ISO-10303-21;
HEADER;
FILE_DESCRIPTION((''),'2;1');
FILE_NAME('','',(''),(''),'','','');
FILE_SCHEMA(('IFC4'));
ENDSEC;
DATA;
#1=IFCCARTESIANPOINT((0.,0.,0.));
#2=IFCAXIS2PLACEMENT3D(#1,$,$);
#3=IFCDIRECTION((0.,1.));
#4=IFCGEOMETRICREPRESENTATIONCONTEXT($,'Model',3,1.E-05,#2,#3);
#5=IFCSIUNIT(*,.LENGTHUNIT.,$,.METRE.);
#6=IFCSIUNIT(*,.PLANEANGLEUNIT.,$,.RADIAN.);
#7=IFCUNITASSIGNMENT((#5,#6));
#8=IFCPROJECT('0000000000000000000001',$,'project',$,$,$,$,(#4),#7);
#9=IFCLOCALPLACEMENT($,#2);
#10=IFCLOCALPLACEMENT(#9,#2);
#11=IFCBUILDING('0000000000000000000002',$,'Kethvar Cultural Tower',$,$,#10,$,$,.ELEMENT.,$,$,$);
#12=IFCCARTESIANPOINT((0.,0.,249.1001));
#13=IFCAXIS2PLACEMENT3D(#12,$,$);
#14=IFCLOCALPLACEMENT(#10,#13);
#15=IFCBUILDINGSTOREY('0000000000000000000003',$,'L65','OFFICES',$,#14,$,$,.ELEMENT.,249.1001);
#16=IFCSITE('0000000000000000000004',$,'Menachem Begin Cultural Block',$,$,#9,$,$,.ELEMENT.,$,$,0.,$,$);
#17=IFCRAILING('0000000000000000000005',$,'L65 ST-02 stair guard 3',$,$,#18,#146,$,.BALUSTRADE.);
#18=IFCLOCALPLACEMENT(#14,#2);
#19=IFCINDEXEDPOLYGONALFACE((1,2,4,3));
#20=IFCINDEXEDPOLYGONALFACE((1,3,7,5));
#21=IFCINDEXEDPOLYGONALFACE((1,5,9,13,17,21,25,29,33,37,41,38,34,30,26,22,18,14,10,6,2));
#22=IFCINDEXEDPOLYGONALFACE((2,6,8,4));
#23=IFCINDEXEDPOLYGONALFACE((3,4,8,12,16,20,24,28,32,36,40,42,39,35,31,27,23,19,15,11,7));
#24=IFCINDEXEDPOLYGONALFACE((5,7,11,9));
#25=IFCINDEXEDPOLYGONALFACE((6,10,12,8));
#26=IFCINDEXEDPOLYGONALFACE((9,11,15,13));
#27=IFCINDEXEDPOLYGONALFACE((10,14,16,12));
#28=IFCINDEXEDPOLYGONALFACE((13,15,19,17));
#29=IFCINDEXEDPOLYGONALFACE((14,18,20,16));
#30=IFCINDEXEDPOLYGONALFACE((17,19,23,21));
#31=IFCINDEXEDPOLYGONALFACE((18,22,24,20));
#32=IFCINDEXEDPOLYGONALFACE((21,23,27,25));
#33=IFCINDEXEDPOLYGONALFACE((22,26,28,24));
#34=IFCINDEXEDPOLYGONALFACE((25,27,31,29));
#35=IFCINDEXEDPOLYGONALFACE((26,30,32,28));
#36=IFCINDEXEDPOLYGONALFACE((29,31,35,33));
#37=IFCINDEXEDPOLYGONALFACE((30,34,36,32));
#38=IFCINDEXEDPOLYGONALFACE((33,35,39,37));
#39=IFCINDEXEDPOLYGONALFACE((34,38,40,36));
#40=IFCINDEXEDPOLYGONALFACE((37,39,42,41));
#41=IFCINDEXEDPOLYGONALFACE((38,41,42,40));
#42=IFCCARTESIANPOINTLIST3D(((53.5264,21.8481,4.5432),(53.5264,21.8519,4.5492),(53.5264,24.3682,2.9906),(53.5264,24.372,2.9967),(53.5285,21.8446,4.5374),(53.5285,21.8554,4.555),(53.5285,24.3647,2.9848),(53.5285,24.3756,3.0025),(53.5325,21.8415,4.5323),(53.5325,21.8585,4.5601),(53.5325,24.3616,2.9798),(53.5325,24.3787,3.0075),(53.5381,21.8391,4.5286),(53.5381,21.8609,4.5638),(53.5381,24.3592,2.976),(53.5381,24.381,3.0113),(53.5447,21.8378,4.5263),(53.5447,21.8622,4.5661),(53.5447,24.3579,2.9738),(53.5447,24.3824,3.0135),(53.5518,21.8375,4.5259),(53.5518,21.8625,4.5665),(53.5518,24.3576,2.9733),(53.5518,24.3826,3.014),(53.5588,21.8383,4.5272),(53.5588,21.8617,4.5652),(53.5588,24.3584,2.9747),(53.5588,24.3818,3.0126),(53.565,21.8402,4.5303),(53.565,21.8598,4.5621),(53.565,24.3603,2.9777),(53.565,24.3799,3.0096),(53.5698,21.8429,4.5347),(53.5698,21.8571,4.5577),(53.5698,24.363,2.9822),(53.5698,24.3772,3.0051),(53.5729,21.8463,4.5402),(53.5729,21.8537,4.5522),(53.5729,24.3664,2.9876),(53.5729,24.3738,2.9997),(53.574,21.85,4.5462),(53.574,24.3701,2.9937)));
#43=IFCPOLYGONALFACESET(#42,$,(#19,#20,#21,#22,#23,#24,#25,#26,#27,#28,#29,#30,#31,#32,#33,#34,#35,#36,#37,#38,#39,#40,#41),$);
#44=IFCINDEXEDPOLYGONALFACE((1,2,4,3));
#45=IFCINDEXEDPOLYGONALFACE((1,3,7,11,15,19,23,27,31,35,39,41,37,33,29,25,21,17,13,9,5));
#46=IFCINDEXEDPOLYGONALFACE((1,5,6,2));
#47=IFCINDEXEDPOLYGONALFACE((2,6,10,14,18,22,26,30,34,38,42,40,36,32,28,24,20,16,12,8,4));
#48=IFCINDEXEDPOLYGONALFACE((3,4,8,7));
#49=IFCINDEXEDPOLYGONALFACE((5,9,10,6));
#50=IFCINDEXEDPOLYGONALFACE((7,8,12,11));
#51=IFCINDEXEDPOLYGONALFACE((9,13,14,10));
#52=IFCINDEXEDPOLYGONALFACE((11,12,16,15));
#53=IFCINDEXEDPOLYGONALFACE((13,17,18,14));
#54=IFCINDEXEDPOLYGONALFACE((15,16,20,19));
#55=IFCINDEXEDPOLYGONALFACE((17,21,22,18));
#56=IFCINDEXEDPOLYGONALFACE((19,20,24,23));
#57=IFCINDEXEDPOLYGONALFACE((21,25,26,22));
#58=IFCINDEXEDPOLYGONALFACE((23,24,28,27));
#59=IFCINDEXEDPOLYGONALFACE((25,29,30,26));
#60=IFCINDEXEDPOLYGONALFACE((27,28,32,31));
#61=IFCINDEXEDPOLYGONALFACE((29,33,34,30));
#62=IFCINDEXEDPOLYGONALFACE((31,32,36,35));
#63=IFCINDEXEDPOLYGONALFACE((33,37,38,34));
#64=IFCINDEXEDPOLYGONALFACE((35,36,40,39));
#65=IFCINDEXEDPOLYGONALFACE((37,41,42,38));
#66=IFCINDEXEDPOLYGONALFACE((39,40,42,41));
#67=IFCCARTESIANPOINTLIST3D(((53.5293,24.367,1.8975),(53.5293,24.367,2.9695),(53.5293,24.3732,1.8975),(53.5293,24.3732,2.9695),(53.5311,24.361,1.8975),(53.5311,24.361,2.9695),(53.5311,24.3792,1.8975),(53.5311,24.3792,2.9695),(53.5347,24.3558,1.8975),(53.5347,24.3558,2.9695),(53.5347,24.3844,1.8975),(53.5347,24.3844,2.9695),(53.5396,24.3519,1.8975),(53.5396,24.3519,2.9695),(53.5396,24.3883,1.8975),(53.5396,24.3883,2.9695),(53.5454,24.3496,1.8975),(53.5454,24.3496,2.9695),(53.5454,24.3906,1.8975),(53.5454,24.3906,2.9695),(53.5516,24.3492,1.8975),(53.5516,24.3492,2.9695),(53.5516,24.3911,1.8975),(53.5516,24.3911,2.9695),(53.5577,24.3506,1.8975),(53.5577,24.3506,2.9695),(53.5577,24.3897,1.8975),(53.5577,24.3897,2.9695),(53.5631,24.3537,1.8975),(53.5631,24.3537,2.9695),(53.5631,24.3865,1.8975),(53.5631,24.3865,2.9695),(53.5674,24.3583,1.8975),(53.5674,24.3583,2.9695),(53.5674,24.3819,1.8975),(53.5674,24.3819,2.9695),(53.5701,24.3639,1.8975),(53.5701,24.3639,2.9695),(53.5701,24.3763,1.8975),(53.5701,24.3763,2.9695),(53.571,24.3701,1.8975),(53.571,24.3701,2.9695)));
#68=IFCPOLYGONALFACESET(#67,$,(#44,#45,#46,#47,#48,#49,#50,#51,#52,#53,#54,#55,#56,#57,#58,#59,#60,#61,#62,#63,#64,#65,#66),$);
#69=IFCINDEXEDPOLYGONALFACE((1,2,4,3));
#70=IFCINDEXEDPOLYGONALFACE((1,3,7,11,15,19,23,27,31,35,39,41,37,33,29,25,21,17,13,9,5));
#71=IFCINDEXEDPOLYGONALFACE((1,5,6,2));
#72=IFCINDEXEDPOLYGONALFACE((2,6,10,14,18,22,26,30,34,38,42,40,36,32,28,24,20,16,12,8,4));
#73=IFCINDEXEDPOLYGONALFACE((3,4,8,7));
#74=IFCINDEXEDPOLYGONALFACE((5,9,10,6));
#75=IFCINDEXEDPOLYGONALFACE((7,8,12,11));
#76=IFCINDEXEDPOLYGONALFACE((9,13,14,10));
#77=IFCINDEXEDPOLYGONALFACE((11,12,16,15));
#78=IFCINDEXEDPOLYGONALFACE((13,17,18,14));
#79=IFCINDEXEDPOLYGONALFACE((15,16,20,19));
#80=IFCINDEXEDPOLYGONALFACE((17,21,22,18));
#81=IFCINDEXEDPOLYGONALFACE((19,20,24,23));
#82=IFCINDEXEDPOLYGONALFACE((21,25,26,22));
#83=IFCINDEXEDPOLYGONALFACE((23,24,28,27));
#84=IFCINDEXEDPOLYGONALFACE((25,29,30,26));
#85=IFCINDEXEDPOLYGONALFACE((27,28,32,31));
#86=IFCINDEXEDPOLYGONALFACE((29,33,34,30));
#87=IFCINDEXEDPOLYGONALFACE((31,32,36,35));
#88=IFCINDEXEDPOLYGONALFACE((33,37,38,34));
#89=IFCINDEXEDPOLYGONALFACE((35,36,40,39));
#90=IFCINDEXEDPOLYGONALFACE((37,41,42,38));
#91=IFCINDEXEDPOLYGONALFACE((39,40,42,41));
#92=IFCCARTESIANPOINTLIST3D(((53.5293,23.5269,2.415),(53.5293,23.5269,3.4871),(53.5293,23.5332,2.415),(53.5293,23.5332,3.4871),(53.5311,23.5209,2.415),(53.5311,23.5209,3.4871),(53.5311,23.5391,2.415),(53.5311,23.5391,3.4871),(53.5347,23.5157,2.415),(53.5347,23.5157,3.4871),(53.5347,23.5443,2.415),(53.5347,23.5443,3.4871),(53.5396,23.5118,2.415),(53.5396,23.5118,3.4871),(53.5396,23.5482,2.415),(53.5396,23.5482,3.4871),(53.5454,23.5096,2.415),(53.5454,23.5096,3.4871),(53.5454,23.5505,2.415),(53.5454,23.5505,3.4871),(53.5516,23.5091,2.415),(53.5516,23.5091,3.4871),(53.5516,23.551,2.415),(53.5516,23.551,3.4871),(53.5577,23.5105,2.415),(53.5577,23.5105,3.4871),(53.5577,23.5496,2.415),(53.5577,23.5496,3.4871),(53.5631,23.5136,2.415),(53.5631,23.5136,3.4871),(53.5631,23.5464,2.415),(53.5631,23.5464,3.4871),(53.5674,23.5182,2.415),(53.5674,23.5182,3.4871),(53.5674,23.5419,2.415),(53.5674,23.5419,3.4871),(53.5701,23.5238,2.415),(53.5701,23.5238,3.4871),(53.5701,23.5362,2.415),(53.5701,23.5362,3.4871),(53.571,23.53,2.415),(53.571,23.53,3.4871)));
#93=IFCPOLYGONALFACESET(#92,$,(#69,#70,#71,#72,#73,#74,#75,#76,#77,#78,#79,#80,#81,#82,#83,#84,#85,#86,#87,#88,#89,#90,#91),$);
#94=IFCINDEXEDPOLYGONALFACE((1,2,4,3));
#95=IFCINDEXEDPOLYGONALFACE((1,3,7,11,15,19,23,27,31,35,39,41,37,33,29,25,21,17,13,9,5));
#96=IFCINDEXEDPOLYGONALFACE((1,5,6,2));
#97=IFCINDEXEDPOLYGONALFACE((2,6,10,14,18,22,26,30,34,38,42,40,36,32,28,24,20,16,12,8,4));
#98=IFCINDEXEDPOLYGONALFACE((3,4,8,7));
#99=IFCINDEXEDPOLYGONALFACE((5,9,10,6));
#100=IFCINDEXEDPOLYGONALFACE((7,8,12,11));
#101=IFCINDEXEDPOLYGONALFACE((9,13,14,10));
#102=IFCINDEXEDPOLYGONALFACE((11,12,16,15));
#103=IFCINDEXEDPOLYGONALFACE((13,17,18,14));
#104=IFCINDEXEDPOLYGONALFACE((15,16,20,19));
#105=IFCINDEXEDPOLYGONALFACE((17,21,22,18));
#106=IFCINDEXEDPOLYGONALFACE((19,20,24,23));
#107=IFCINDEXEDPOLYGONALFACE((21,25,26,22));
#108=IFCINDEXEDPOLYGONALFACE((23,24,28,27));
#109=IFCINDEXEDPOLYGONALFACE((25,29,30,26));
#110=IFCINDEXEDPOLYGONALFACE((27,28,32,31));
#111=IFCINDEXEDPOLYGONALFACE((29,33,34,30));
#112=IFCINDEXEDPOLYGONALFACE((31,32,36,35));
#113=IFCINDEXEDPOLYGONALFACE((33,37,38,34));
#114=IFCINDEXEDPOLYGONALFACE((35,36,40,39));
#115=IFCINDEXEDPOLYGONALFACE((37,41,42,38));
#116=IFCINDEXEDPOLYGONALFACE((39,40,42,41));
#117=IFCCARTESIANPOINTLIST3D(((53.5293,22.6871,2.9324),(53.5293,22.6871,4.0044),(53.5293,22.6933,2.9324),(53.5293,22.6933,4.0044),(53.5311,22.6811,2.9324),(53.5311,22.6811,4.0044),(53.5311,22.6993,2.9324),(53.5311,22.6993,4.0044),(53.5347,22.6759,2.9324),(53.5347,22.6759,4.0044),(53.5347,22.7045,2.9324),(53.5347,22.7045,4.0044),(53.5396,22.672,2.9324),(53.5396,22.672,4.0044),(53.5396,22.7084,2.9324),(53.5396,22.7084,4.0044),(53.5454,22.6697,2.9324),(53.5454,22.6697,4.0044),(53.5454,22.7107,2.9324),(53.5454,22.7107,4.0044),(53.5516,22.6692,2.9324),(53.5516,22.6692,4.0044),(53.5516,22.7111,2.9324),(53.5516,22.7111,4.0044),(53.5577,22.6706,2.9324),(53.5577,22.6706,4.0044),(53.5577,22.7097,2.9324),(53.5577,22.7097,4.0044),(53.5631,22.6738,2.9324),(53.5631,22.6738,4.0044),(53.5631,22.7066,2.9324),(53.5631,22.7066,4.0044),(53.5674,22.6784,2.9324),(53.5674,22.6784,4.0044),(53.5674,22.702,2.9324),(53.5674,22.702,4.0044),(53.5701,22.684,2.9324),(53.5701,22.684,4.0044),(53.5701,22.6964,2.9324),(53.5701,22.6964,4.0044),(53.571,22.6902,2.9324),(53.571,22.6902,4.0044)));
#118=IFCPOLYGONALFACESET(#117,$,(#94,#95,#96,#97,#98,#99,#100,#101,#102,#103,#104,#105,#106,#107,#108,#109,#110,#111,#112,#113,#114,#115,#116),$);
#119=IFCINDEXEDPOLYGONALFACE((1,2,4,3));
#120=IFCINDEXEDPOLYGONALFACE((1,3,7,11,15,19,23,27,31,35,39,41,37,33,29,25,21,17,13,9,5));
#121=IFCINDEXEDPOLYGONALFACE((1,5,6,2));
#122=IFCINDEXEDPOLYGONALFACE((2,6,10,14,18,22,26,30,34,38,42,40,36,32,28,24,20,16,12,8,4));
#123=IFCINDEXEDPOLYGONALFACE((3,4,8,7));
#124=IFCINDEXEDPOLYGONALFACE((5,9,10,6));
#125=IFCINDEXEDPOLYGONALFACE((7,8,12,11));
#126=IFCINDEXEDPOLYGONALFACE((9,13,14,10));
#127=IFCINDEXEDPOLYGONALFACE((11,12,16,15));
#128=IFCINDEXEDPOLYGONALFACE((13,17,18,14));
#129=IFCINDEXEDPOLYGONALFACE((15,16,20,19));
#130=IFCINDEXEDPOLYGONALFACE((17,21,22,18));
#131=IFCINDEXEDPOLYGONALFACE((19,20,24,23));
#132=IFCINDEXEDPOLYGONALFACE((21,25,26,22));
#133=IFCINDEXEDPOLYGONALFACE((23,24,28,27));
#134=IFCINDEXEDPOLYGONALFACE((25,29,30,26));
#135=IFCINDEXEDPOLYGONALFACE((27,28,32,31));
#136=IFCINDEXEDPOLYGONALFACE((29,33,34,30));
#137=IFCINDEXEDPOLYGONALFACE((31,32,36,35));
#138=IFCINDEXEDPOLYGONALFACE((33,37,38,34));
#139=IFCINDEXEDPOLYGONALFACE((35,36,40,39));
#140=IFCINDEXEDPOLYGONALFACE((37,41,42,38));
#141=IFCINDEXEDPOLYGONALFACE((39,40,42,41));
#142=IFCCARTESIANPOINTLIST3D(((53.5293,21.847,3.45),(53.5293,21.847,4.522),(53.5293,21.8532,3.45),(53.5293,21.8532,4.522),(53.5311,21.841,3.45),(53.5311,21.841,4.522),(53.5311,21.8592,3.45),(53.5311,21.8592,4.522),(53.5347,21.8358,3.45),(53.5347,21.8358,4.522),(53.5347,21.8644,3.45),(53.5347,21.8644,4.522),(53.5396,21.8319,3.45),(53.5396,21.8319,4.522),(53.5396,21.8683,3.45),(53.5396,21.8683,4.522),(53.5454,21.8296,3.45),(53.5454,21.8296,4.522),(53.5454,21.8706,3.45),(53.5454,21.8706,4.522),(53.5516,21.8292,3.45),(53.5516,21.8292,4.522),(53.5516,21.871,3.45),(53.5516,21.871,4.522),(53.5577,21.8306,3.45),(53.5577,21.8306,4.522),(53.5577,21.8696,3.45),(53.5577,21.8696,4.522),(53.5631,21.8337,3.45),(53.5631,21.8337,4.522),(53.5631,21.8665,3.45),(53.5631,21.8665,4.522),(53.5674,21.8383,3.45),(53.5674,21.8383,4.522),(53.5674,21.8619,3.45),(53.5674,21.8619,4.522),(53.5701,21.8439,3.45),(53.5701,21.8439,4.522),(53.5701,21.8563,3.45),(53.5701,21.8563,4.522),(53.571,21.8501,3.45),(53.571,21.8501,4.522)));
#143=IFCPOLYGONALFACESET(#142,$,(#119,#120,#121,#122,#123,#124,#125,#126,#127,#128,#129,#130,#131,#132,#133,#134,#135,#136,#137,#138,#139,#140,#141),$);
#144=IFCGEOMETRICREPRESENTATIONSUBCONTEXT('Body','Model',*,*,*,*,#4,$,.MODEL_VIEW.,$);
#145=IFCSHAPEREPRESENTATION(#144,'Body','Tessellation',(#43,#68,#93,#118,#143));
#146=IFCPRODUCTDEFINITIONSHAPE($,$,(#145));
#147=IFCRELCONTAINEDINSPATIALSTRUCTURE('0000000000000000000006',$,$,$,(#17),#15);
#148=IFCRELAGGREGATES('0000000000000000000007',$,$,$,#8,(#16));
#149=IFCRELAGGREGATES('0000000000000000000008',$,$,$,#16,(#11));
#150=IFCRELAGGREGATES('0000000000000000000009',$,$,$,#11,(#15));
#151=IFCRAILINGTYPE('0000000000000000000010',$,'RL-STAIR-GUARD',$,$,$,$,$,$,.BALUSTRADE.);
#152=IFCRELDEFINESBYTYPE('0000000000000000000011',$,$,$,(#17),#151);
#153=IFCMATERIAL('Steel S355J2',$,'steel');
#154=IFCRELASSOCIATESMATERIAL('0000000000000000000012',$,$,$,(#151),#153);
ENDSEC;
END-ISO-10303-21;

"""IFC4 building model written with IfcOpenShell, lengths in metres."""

from ifc_helpers import new_model, si_unit, direction, frame, origin, origin_2d, place, context, subcontext, project, spatial, circle, extrude, material, type_object, element, save


model = new_model("IFC4")

# Units and contexts
model_context = context("Model", 3, precision=1e-05, world=origin(), true_north=direction((0.0, 1.0)))
body_context = subcontext(model_context, "Body", "Model", "MODEL_VIEW")
ifc_project = project(units=[si_unit("LENGTHUNIT", "METRE"), si_unit("PLANEANGLEUNIT", "RADIAN")], contexts=[model_context])

# Site, building, storey
site_placement = place(None, origin())
site = spatial("IfcSite", under=ifc_project, at=site_placement, Name="Menachem Begin Cultural Block", CompositionType="ELEMENT", RefElevation=0.0)
building_placement = place(site_placement, origin())
building = spatial("IfcBuilding", under=site, at=building_placement, Name="Kethvar Cultural Tower", CompositionType="ELEMENT")
storey_placement = place(building_placement, frame((0.0, 0.0, 249.1001)))
storey = spatial("IfcBuildingStorey", under=building, at=storey_placement, Name="L65", Description="OFFICES", CompositionType="ELEMENT", Elevation=249.1001)

# Shared definitions
ifc_material_1 = material(Name="Steel S355J2", Category="steel")

# Railing
railing_type_1 = type_object("IfcRailingType", Name="RL-STAIR-GUARD", PredefinedType="BALUSTRADE", material=ifc_material_1)
railing_1_placement = place(storey_placement, frame((53.55, 24.3701, 1.8975)))
element("IfcRailing", 1, at=railing_1_placement, inside=storey, type_object=railing_type_1, Name="L65 ST-02 stair guard 3", PredefinedType="BALUSTRADE", context=body_context, shape_type="SweptSolid", body=[
    extrude(circle(Radius=0.0239, at=origin_2d()), frame((0.0, 0.0, 1.0962), z_axis=(0.0, -0.8514, 0.524516), x_axis=(1.0, 0.0, 0.0)), (0.0, 0.0, 1.0), 2.96),
    extrude(circle(Radius=0.021, at=origin_2d()), origin(), (0.0, 0.0, 1.0), 1.072),
    extrude(circle(Radius=0.021, at=origin_2d()), frame((0.0, -0.8401, 0.5176)), (0.0, 0.0, 1.0), 1.072),
    extrude(circle(Radius=0.021, at=origin_2d()), frame((0.0, -1.6799, 1.0349)), (0.0, 0.0, 1.0), 1.072),
    extrude(circle(Radius=0.021, at=origin_2d()), frame((0.0, -2.52, 1.5525)), (0.0, 0.0, 1.0), 1.072),
])

save(model, "model.ifc")
